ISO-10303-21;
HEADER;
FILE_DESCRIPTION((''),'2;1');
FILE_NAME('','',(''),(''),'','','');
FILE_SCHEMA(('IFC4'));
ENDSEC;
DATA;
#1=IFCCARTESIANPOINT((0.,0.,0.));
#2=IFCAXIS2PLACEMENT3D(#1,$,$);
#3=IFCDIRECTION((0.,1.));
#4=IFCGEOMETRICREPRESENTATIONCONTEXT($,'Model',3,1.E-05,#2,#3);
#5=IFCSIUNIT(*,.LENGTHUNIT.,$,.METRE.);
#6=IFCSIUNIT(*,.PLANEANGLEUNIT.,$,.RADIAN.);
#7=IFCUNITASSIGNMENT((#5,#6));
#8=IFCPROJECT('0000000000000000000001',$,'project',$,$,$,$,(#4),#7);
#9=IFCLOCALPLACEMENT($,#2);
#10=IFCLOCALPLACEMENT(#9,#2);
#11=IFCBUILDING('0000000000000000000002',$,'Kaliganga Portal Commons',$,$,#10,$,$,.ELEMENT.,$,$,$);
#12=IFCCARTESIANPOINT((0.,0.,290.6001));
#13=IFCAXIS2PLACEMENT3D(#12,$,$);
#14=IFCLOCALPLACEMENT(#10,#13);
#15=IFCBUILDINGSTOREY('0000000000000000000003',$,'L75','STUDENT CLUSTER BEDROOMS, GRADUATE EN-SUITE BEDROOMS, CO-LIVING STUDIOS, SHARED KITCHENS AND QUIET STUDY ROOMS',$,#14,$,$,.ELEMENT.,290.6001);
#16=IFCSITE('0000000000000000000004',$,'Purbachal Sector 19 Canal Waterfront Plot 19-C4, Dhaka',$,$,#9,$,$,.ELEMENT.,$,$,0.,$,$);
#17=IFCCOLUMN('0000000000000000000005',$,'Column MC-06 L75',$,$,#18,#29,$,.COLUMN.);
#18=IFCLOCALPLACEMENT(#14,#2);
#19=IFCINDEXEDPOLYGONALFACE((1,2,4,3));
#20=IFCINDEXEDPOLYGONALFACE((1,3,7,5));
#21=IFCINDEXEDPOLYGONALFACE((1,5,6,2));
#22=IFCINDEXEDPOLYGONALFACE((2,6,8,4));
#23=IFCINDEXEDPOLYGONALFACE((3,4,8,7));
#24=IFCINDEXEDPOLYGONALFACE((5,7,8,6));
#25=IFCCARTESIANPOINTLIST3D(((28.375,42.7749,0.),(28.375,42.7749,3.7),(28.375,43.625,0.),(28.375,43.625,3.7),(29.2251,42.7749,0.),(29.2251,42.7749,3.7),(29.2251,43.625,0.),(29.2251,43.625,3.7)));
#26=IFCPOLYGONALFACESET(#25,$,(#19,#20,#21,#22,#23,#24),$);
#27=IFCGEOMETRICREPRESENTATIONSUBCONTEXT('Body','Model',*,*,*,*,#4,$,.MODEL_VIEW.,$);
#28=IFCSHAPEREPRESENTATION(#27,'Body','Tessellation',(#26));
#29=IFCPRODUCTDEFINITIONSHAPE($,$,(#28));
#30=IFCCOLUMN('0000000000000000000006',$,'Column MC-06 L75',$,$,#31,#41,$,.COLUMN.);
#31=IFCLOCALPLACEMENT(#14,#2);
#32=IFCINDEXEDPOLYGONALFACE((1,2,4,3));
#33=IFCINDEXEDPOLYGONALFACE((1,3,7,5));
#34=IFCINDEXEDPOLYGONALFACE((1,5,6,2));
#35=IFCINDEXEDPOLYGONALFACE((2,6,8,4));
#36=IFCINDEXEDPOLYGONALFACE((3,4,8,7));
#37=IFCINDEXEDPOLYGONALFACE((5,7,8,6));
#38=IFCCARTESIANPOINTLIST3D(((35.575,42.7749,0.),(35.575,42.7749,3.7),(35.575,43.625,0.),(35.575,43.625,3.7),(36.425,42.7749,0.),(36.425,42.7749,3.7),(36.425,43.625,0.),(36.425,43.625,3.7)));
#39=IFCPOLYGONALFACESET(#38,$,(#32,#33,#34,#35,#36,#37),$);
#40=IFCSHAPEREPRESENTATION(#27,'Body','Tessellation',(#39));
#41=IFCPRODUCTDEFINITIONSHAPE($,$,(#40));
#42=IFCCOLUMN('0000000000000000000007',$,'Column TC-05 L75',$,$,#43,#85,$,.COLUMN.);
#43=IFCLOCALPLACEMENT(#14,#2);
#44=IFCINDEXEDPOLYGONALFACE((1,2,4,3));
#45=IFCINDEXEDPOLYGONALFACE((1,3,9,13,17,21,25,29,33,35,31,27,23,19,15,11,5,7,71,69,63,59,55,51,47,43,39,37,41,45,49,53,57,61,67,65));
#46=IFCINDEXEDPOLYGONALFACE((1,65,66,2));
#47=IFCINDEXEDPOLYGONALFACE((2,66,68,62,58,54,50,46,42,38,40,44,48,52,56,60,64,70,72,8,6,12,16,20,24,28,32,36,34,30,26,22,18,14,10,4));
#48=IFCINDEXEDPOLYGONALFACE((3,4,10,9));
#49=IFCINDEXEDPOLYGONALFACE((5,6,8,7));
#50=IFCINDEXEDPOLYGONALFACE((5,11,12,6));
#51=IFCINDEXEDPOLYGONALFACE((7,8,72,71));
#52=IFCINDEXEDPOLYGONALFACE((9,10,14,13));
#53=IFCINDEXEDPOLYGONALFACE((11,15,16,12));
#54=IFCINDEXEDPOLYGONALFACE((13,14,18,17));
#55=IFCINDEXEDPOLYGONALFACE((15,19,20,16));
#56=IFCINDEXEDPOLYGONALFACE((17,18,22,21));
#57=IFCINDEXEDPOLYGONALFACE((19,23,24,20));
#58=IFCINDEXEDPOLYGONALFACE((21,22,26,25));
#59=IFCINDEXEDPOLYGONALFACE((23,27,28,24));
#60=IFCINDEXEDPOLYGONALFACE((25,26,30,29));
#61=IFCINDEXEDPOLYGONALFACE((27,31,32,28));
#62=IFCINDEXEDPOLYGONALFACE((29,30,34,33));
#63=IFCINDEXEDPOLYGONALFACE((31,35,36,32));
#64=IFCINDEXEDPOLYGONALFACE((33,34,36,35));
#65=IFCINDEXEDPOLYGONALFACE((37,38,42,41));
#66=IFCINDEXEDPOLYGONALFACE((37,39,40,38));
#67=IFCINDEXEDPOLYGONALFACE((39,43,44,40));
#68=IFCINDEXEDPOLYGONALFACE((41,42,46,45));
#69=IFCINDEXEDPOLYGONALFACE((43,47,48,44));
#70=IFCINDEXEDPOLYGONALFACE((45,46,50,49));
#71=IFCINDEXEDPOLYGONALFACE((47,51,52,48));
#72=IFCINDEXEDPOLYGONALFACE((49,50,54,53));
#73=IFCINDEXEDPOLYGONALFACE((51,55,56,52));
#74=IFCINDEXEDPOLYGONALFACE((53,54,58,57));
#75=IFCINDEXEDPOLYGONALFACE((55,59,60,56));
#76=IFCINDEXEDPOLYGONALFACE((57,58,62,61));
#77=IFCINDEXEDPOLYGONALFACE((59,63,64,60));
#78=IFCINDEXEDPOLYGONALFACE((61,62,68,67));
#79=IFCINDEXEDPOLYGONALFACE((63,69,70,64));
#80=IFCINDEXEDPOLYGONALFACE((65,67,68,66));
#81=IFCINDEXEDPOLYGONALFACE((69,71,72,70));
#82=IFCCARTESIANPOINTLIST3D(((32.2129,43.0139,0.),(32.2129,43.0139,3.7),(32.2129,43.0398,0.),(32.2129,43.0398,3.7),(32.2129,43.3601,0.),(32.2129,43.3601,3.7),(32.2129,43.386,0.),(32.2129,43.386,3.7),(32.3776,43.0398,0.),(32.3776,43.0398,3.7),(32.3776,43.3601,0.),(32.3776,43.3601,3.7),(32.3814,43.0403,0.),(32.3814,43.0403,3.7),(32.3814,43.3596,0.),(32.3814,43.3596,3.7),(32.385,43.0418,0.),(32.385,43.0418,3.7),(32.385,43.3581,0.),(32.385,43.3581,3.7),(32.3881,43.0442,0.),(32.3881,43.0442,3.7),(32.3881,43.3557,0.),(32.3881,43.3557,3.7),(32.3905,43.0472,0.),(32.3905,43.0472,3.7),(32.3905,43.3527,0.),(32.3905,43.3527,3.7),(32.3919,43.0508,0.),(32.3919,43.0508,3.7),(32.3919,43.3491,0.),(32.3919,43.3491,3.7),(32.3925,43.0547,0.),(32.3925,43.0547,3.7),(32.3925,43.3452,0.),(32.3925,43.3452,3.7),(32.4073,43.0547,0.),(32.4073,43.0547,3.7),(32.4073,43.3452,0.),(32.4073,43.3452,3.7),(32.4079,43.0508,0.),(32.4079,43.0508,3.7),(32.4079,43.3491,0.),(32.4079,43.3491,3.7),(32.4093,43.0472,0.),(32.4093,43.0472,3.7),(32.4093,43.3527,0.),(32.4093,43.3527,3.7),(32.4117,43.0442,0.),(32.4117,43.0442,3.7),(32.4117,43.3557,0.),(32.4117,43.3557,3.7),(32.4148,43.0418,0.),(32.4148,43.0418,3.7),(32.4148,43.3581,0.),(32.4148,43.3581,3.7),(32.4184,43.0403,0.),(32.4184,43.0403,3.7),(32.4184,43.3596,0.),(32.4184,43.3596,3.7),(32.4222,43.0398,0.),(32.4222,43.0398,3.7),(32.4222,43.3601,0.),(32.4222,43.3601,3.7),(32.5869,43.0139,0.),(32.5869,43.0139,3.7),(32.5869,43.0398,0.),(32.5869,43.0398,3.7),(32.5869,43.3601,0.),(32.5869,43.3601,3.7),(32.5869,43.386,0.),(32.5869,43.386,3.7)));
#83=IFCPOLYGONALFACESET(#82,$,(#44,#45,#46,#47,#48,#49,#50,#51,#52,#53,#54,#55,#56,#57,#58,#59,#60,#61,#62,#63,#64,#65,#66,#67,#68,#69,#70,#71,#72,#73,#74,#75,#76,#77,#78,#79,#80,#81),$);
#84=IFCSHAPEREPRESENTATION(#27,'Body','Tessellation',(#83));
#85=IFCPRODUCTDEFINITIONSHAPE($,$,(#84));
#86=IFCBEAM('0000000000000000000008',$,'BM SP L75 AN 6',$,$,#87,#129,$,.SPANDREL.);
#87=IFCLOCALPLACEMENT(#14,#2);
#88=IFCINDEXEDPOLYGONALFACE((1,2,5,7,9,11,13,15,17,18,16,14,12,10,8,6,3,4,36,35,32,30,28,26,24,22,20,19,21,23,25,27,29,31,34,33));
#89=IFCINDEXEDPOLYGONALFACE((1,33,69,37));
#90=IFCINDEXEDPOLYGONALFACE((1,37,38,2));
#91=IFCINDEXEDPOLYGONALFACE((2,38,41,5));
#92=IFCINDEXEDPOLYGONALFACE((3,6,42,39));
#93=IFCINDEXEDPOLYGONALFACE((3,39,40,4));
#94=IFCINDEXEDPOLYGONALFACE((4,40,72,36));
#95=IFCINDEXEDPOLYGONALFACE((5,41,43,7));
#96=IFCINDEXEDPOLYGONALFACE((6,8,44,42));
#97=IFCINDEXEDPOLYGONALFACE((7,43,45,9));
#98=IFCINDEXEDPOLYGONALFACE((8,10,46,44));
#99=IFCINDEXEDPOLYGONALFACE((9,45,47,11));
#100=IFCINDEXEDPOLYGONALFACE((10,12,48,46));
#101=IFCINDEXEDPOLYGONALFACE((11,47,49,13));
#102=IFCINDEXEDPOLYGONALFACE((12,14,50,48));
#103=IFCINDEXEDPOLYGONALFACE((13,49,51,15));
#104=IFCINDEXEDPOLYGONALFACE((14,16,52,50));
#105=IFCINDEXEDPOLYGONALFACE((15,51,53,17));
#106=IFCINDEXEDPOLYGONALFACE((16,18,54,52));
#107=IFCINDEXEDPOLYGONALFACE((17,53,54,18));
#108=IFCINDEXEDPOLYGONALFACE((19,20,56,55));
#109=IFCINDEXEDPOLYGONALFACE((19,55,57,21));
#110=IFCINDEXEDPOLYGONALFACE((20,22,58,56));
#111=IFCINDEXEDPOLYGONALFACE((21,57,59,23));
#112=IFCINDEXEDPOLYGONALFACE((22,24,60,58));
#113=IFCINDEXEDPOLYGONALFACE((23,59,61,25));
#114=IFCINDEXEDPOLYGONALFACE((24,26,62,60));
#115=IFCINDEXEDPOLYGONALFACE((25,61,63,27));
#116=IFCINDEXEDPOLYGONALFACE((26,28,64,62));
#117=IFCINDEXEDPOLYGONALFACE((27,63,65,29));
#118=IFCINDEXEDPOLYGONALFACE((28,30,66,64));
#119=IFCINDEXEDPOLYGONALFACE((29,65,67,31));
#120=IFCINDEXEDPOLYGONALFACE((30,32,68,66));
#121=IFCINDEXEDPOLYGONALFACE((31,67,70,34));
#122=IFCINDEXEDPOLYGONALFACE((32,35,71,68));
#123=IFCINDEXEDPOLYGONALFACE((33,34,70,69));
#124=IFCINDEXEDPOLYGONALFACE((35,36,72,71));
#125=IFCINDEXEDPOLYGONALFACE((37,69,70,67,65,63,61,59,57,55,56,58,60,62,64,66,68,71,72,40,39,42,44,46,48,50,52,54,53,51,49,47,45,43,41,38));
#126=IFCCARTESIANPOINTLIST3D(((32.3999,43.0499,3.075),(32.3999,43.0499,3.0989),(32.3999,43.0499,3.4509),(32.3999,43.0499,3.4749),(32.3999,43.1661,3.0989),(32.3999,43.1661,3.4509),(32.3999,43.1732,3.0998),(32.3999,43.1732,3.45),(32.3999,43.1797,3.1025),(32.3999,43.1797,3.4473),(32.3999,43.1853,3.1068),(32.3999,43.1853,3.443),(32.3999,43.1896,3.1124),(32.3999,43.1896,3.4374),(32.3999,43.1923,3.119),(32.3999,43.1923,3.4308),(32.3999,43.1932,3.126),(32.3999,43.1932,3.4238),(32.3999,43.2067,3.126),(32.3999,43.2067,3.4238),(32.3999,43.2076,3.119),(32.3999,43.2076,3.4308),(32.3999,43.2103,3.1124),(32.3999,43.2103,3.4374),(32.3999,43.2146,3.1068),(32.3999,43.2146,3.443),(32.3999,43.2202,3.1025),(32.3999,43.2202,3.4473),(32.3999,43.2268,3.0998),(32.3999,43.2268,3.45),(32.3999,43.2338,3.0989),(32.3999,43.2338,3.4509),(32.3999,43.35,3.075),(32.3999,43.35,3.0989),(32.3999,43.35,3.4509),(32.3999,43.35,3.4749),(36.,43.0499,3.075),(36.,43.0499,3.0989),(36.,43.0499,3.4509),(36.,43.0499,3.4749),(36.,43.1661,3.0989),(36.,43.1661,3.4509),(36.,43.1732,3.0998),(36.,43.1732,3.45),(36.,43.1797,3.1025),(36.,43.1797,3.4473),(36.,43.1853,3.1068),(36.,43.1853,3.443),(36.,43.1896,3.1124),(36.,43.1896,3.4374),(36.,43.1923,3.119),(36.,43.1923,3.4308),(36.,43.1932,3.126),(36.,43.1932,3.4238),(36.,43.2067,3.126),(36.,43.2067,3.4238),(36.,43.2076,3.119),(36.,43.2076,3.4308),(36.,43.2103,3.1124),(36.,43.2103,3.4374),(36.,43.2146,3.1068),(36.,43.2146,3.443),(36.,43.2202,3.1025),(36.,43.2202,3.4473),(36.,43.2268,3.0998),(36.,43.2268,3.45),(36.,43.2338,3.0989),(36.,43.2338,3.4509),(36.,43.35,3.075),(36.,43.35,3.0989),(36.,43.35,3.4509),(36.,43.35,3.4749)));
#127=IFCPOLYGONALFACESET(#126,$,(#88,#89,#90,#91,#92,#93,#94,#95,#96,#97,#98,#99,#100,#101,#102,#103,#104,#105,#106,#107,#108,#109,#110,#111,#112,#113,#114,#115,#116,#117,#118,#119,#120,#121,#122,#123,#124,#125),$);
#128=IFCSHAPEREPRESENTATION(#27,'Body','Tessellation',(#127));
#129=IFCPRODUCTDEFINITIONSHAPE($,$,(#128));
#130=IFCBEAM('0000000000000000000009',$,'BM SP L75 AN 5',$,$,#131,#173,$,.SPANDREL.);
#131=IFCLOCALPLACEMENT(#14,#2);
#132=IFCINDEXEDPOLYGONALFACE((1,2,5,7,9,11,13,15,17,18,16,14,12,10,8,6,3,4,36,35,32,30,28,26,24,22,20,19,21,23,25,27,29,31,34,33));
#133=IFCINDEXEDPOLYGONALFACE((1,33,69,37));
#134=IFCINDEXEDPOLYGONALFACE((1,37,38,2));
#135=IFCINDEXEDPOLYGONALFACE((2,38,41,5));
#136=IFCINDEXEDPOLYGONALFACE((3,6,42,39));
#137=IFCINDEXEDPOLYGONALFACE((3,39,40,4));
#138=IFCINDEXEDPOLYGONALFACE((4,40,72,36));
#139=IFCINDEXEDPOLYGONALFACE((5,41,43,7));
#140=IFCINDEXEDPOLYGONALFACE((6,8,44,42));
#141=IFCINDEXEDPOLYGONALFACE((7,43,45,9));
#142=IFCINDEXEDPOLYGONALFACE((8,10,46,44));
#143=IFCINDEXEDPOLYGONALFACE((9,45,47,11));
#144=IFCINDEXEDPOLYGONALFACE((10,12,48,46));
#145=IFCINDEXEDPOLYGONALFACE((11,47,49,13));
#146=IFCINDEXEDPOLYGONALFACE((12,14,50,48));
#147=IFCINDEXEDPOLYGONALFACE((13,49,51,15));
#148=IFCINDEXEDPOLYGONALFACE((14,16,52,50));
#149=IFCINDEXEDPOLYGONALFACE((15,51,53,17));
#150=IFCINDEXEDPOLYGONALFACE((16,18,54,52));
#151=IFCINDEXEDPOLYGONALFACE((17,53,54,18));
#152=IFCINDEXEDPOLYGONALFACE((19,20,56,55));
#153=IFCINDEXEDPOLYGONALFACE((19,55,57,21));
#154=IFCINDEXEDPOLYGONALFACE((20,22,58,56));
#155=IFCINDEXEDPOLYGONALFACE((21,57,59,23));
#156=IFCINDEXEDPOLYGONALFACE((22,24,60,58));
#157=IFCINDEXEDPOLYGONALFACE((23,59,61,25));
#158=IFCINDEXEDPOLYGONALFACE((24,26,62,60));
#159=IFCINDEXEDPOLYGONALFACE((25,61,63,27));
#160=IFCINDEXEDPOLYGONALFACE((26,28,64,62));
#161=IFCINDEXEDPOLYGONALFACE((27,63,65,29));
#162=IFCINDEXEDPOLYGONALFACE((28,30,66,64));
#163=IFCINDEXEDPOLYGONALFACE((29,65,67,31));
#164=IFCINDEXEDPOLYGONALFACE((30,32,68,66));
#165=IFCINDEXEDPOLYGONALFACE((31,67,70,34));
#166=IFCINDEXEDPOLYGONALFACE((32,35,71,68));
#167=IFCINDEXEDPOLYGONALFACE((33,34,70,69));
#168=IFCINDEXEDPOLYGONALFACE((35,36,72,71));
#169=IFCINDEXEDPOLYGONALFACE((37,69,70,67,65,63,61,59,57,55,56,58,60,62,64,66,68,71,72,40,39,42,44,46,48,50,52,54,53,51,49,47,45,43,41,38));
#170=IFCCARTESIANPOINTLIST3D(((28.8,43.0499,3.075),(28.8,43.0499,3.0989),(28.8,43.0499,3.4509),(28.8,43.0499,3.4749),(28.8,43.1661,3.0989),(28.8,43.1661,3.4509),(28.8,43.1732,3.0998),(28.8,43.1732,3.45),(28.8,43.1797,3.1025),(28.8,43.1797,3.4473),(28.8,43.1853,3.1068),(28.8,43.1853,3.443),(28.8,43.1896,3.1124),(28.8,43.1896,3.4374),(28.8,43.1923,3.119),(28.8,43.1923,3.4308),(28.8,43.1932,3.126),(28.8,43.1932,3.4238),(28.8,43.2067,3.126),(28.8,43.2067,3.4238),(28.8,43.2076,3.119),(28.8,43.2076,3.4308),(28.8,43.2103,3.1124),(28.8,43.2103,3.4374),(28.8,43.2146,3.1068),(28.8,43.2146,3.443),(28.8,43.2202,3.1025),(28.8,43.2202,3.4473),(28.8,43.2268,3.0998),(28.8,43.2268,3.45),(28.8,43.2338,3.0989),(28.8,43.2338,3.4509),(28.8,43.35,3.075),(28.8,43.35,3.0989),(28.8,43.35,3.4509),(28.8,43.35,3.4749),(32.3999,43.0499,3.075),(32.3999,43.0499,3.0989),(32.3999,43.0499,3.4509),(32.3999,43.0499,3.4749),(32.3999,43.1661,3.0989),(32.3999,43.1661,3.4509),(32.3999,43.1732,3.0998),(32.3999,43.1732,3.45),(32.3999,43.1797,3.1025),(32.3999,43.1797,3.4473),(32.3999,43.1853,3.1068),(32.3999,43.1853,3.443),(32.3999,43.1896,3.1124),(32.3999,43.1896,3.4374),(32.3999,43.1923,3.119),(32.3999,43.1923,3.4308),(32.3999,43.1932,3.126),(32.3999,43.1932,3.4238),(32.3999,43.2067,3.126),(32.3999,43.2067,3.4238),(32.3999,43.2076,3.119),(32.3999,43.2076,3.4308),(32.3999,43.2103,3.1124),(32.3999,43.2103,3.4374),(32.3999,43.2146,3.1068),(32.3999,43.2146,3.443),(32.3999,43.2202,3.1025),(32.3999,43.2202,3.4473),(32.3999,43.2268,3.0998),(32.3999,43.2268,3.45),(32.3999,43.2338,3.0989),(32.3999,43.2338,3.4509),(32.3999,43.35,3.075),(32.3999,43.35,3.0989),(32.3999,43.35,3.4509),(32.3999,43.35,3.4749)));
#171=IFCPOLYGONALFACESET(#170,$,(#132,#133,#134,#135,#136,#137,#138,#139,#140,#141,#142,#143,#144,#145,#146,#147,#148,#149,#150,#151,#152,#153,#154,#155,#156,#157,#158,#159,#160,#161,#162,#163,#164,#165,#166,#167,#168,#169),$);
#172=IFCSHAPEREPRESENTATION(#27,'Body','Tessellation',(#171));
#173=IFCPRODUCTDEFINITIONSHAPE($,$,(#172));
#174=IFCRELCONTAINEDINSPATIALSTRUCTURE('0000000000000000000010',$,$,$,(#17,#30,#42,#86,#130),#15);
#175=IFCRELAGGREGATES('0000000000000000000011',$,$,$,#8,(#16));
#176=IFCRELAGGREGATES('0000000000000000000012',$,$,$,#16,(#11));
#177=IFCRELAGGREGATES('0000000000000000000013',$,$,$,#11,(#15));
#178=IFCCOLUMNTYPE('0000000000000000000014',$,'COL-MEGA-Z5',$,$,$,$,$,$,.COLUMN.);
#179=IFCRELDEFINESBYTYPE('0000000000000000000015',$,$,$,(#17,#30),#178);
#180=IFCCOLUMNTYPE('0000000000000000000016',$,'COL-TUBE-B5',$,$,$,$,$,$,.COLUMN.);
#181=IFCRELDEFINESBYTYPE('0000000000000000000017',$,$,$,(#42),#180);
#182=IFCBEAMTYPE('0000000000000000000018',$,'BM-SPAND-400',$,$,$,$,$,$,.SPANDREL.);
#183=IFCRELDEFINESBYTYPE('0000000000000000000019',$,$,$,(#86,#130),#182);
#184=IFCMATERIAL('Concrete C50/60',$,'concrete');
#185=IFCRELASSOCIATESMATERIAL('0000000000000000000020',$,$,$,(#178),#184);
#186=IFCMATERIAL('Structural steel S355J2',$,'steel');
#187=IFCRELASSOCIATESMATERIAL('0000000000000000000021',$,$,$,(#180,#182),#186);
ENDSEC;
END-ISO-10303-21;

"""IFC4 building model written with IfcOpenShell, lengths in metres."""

from ifc_helpers import new_model, si_unit, direction, frame, origin, origin_2d, place, context, subcontext, project, spatial, rectangle, i_section, extrude, source, transform, mapped, material, material_profile, profile_set, type_object, element, save


model = new_model("IFC4")

# Units and contexts
model_context = context("Model", 3, precision=1e-05, world=origin(), true_north=direction((0.0, 1.0)))
body_context = subcontext(model_context, "Body", "Model", "MODEL_VIEW")
ifc_project = project(units=[si_unit("LENGTHUNIT", "METRE"), si_unit("PLANEANGLEUNIT", "RADIAN")], contexts=[model_context])

# Site, building, storey
site_placement = place(None, origin())
site = spatial("IfcSite", under=ifc_project, at=site_placement, Name="Purbachal Sector 19 Canal Waterfront Plot 19-C4, Dhaka", CompositionType="ELEMENT", RefElevation=0.0)
building_placement = place(site_placement, origin())
building = spatial("IfcBuilding", under=site, at=building_placement, Name="Kaliganga Portal Commons", CompositionType="ELEMENT")
storey_placement = place(building_placement, frame((0.0, 0.0, 290.6001)))
storey = spatial("IfcBuildingStorey", under=building, at=storey_placement, Name="L75", Description="STUDENT CLUSTER BEDROOMS, GRADUATE EN-SUITE BEDROOMS, CO-LIVING STUDIOS, SHARED KITCHENS AND QUIET STUDY ROOMS", CompositionType="ELEMENT", Elevation=290.6001)

# Columns
ifc_material_1 = material(Name="Concrete C50/60", Category="concrete")
ifc_material_profile_1 = material_profile(ifc_material_1, rectangle(XDim=0.8501, YDim=0.8501, at=origin_2d()), Name="RC 850x850")
ifc_profile_set_1 = profile_set([ifc_material_profile_1], Name="Concrete C50/60")
column_type_1 = type_object("IfcColumnType", Name="COL-MEGA-Z5", PredefinedType="COLUMN", material=ifc_profile_set_1)
shared_shape_1 = source(origin(), body_context, "Body", "SweptSolid", [
    extrude(rectangle(XDim=0.8501, YDim=0.8501, at=origin_2d()), origin(), (0.0, 0.0, 1.0), 3.7),
])
for number, where, z_axis, x_axis, name in (
    (1, (28.8, 43.2, 0.0), (0.0, 0.0, 1.0), (1.0, 0.0, 0.0), "Column MC-06 L75"),
    (2, (36.0, 43.2, 0.0), (0.0, 0.0, 1.0), (1.0, 0.0, 0.0), "Column MC-06 L75"),
):
    element("IfcColumn", number, at=place(storey_placement, frame(where, z_axis=z_axis, x_axis=x_axis)), inside=storey, type_object=column_type_1, Name=name, PredefinedType="COLUMN", context=body_context, shape_type="MappedRepresentation", body=[
        mapped(shared_shape_1, transform((0.0, 0.0, 0.0), x_axis=(1.0, 0.0, 0.0), y_axis=(0.0, 1.0, 0.0), z_axis=(0.0, 0.0, 1.0), scale=1.0)),
    ])
ifc_material_2 = material(Name="Structural steel S355J2", Category="steel")
ifc_material_profile_2 = material_profile(ifc_material_2, i_section(OverallWidth=0.374, OverallDepth=0.3721, WebThickness=0.0149, FlangeThickness=0.0259, FilletRadius=0.0149, at=origin_2d()), Name="HD 360x196")
ifc_profile_set_2 = profile_set([ifc_material_profile_2], Name="Structural steel S355J2 wide-flange")
column_type_2 = type_object("IfcColumnType", Name="COL-TUBE-B5", PredefinedType="COLUMN", material=ifc_profile_set_2)
shared_shape_2 = source(origin(), body_context, "Body", "SweptSolid", [
    extrude(i_section(OverallWidth=0.374, OverallDepth=0.3721, WebThickness=0.0149, FlangeThickness=0.0259, FilletRadius=0.0149, at=origin_2d()), origin(), (0.0, 0.0, 1.0), 3.7),
])
column_placement = place(storey_placement, frame((32.3999, 43.2, 0.0), z_axis=(0.0, 0.0, 1.0), x_axis=(1.0, 0.0, 0.0)))
element("IfcColumn", 3, at=column_placement, inside=storey, type_object=column_type_2, Name="Column TC-05 L75", PredefinedType="COLUMN", context=body_context, shape_type="MappedRepresentation", body=[
    mapped(shared_shape_2, transform((0.0, 0.0, 0.0), x_axis=(1.0, 0.0, 0.0), y_axis=(0.0, 1.0, 0.0), z_axis=(0.0, 0.0, 1.0), scale=1.0)),
])

# Beams
ifc_material_profile_3 = material_profile(ifc_material_2, i_section(OverallWidth=0.3, OverallDepth=0.3999, WebThickness=0.0134, FlangeThickness=0.0239, FilletRadius=0.0271, at=origin_2d()), Name="HE 400 B")
ifc_profile_set_3 = profile_set([ifc_material_profile_3], Name="Structural steel S355J2 wide-flange")
beam_type = type_object("IfcBeamType", Name="BM-SPAND-400", PredefinedType="SPANDREL", material=ifc_profile_set_3)
shared_shape_3 = source(origin(), body_context, "Body", "SweptSolid", [
    extrude(i_section(OverallWidth=0.3, OverallDepth=0.3999, WebThickness=0.0134, FlangeThickness=0.0239, FilletRadius=0.0271, at=origin_2d()), origin(), (0.0, 0.0, 1.0), 3.6001),
])
beam_1_placement = place(storey_placement, frame((32.3999, 43.2, 3.2749), z_axis=(1.0, 0.0, 0.0), x_axis=(0.0, 1.0, 0.0)))
element("IfcBeam", 4, at=beam_1_placement, inside=storey, type_object=beam_type, Name="BM SP L75 AN 6", PredefinedType="SPANDREL", context=body_context, shape_type="MappedRepresentation", body=[
    mapped(shared_shape_3, transform((0.0, 0.0, 0.0), x_axis=(1.0, 0.0, 0.0), y_axis=(0.0, 1.0, 0.0), z_axis=(0.0, 0.0, 1.0), scale=1.0)),
])
shared_shape_4 = source(origin(), body_context, "Body", "SweptSolid", [
    extrude(i_section(OverallWidth=0.3, OverallDepth=0.3999, WebThickness=0.0134, FlangeThickness=0.0239, FilletRadius=0.0271, at=origin_2d()), origin(), (0.0, 0.0, 1.0), 3.5999),
])
beam_2_placement = place(storey_placement, frame((28.8, 43.2, 3.2749), z_axis=(1.0, 0.0, 0.0), x_axis=(0.0, 1.0, 0.0)))
element("IfcBeam", 5, at=beam_2_placement, inside=storey, type_object=beam_type, Name="BM SP L75 AN 5", PredefinedType="SPANDREL", context=body_context, shape_type="MappedRepresentation", body=[
    mapped(shared_shape_4, transform((0.0, 0.0, 0.0), x_axis=(1.0, 0.0, 0.0), y_axis=(0.0, 1.0, 0.0), z_axis=(0.0, 0.0, 1.0), scale=1.0)),
])

save(model, "model.ifc")
